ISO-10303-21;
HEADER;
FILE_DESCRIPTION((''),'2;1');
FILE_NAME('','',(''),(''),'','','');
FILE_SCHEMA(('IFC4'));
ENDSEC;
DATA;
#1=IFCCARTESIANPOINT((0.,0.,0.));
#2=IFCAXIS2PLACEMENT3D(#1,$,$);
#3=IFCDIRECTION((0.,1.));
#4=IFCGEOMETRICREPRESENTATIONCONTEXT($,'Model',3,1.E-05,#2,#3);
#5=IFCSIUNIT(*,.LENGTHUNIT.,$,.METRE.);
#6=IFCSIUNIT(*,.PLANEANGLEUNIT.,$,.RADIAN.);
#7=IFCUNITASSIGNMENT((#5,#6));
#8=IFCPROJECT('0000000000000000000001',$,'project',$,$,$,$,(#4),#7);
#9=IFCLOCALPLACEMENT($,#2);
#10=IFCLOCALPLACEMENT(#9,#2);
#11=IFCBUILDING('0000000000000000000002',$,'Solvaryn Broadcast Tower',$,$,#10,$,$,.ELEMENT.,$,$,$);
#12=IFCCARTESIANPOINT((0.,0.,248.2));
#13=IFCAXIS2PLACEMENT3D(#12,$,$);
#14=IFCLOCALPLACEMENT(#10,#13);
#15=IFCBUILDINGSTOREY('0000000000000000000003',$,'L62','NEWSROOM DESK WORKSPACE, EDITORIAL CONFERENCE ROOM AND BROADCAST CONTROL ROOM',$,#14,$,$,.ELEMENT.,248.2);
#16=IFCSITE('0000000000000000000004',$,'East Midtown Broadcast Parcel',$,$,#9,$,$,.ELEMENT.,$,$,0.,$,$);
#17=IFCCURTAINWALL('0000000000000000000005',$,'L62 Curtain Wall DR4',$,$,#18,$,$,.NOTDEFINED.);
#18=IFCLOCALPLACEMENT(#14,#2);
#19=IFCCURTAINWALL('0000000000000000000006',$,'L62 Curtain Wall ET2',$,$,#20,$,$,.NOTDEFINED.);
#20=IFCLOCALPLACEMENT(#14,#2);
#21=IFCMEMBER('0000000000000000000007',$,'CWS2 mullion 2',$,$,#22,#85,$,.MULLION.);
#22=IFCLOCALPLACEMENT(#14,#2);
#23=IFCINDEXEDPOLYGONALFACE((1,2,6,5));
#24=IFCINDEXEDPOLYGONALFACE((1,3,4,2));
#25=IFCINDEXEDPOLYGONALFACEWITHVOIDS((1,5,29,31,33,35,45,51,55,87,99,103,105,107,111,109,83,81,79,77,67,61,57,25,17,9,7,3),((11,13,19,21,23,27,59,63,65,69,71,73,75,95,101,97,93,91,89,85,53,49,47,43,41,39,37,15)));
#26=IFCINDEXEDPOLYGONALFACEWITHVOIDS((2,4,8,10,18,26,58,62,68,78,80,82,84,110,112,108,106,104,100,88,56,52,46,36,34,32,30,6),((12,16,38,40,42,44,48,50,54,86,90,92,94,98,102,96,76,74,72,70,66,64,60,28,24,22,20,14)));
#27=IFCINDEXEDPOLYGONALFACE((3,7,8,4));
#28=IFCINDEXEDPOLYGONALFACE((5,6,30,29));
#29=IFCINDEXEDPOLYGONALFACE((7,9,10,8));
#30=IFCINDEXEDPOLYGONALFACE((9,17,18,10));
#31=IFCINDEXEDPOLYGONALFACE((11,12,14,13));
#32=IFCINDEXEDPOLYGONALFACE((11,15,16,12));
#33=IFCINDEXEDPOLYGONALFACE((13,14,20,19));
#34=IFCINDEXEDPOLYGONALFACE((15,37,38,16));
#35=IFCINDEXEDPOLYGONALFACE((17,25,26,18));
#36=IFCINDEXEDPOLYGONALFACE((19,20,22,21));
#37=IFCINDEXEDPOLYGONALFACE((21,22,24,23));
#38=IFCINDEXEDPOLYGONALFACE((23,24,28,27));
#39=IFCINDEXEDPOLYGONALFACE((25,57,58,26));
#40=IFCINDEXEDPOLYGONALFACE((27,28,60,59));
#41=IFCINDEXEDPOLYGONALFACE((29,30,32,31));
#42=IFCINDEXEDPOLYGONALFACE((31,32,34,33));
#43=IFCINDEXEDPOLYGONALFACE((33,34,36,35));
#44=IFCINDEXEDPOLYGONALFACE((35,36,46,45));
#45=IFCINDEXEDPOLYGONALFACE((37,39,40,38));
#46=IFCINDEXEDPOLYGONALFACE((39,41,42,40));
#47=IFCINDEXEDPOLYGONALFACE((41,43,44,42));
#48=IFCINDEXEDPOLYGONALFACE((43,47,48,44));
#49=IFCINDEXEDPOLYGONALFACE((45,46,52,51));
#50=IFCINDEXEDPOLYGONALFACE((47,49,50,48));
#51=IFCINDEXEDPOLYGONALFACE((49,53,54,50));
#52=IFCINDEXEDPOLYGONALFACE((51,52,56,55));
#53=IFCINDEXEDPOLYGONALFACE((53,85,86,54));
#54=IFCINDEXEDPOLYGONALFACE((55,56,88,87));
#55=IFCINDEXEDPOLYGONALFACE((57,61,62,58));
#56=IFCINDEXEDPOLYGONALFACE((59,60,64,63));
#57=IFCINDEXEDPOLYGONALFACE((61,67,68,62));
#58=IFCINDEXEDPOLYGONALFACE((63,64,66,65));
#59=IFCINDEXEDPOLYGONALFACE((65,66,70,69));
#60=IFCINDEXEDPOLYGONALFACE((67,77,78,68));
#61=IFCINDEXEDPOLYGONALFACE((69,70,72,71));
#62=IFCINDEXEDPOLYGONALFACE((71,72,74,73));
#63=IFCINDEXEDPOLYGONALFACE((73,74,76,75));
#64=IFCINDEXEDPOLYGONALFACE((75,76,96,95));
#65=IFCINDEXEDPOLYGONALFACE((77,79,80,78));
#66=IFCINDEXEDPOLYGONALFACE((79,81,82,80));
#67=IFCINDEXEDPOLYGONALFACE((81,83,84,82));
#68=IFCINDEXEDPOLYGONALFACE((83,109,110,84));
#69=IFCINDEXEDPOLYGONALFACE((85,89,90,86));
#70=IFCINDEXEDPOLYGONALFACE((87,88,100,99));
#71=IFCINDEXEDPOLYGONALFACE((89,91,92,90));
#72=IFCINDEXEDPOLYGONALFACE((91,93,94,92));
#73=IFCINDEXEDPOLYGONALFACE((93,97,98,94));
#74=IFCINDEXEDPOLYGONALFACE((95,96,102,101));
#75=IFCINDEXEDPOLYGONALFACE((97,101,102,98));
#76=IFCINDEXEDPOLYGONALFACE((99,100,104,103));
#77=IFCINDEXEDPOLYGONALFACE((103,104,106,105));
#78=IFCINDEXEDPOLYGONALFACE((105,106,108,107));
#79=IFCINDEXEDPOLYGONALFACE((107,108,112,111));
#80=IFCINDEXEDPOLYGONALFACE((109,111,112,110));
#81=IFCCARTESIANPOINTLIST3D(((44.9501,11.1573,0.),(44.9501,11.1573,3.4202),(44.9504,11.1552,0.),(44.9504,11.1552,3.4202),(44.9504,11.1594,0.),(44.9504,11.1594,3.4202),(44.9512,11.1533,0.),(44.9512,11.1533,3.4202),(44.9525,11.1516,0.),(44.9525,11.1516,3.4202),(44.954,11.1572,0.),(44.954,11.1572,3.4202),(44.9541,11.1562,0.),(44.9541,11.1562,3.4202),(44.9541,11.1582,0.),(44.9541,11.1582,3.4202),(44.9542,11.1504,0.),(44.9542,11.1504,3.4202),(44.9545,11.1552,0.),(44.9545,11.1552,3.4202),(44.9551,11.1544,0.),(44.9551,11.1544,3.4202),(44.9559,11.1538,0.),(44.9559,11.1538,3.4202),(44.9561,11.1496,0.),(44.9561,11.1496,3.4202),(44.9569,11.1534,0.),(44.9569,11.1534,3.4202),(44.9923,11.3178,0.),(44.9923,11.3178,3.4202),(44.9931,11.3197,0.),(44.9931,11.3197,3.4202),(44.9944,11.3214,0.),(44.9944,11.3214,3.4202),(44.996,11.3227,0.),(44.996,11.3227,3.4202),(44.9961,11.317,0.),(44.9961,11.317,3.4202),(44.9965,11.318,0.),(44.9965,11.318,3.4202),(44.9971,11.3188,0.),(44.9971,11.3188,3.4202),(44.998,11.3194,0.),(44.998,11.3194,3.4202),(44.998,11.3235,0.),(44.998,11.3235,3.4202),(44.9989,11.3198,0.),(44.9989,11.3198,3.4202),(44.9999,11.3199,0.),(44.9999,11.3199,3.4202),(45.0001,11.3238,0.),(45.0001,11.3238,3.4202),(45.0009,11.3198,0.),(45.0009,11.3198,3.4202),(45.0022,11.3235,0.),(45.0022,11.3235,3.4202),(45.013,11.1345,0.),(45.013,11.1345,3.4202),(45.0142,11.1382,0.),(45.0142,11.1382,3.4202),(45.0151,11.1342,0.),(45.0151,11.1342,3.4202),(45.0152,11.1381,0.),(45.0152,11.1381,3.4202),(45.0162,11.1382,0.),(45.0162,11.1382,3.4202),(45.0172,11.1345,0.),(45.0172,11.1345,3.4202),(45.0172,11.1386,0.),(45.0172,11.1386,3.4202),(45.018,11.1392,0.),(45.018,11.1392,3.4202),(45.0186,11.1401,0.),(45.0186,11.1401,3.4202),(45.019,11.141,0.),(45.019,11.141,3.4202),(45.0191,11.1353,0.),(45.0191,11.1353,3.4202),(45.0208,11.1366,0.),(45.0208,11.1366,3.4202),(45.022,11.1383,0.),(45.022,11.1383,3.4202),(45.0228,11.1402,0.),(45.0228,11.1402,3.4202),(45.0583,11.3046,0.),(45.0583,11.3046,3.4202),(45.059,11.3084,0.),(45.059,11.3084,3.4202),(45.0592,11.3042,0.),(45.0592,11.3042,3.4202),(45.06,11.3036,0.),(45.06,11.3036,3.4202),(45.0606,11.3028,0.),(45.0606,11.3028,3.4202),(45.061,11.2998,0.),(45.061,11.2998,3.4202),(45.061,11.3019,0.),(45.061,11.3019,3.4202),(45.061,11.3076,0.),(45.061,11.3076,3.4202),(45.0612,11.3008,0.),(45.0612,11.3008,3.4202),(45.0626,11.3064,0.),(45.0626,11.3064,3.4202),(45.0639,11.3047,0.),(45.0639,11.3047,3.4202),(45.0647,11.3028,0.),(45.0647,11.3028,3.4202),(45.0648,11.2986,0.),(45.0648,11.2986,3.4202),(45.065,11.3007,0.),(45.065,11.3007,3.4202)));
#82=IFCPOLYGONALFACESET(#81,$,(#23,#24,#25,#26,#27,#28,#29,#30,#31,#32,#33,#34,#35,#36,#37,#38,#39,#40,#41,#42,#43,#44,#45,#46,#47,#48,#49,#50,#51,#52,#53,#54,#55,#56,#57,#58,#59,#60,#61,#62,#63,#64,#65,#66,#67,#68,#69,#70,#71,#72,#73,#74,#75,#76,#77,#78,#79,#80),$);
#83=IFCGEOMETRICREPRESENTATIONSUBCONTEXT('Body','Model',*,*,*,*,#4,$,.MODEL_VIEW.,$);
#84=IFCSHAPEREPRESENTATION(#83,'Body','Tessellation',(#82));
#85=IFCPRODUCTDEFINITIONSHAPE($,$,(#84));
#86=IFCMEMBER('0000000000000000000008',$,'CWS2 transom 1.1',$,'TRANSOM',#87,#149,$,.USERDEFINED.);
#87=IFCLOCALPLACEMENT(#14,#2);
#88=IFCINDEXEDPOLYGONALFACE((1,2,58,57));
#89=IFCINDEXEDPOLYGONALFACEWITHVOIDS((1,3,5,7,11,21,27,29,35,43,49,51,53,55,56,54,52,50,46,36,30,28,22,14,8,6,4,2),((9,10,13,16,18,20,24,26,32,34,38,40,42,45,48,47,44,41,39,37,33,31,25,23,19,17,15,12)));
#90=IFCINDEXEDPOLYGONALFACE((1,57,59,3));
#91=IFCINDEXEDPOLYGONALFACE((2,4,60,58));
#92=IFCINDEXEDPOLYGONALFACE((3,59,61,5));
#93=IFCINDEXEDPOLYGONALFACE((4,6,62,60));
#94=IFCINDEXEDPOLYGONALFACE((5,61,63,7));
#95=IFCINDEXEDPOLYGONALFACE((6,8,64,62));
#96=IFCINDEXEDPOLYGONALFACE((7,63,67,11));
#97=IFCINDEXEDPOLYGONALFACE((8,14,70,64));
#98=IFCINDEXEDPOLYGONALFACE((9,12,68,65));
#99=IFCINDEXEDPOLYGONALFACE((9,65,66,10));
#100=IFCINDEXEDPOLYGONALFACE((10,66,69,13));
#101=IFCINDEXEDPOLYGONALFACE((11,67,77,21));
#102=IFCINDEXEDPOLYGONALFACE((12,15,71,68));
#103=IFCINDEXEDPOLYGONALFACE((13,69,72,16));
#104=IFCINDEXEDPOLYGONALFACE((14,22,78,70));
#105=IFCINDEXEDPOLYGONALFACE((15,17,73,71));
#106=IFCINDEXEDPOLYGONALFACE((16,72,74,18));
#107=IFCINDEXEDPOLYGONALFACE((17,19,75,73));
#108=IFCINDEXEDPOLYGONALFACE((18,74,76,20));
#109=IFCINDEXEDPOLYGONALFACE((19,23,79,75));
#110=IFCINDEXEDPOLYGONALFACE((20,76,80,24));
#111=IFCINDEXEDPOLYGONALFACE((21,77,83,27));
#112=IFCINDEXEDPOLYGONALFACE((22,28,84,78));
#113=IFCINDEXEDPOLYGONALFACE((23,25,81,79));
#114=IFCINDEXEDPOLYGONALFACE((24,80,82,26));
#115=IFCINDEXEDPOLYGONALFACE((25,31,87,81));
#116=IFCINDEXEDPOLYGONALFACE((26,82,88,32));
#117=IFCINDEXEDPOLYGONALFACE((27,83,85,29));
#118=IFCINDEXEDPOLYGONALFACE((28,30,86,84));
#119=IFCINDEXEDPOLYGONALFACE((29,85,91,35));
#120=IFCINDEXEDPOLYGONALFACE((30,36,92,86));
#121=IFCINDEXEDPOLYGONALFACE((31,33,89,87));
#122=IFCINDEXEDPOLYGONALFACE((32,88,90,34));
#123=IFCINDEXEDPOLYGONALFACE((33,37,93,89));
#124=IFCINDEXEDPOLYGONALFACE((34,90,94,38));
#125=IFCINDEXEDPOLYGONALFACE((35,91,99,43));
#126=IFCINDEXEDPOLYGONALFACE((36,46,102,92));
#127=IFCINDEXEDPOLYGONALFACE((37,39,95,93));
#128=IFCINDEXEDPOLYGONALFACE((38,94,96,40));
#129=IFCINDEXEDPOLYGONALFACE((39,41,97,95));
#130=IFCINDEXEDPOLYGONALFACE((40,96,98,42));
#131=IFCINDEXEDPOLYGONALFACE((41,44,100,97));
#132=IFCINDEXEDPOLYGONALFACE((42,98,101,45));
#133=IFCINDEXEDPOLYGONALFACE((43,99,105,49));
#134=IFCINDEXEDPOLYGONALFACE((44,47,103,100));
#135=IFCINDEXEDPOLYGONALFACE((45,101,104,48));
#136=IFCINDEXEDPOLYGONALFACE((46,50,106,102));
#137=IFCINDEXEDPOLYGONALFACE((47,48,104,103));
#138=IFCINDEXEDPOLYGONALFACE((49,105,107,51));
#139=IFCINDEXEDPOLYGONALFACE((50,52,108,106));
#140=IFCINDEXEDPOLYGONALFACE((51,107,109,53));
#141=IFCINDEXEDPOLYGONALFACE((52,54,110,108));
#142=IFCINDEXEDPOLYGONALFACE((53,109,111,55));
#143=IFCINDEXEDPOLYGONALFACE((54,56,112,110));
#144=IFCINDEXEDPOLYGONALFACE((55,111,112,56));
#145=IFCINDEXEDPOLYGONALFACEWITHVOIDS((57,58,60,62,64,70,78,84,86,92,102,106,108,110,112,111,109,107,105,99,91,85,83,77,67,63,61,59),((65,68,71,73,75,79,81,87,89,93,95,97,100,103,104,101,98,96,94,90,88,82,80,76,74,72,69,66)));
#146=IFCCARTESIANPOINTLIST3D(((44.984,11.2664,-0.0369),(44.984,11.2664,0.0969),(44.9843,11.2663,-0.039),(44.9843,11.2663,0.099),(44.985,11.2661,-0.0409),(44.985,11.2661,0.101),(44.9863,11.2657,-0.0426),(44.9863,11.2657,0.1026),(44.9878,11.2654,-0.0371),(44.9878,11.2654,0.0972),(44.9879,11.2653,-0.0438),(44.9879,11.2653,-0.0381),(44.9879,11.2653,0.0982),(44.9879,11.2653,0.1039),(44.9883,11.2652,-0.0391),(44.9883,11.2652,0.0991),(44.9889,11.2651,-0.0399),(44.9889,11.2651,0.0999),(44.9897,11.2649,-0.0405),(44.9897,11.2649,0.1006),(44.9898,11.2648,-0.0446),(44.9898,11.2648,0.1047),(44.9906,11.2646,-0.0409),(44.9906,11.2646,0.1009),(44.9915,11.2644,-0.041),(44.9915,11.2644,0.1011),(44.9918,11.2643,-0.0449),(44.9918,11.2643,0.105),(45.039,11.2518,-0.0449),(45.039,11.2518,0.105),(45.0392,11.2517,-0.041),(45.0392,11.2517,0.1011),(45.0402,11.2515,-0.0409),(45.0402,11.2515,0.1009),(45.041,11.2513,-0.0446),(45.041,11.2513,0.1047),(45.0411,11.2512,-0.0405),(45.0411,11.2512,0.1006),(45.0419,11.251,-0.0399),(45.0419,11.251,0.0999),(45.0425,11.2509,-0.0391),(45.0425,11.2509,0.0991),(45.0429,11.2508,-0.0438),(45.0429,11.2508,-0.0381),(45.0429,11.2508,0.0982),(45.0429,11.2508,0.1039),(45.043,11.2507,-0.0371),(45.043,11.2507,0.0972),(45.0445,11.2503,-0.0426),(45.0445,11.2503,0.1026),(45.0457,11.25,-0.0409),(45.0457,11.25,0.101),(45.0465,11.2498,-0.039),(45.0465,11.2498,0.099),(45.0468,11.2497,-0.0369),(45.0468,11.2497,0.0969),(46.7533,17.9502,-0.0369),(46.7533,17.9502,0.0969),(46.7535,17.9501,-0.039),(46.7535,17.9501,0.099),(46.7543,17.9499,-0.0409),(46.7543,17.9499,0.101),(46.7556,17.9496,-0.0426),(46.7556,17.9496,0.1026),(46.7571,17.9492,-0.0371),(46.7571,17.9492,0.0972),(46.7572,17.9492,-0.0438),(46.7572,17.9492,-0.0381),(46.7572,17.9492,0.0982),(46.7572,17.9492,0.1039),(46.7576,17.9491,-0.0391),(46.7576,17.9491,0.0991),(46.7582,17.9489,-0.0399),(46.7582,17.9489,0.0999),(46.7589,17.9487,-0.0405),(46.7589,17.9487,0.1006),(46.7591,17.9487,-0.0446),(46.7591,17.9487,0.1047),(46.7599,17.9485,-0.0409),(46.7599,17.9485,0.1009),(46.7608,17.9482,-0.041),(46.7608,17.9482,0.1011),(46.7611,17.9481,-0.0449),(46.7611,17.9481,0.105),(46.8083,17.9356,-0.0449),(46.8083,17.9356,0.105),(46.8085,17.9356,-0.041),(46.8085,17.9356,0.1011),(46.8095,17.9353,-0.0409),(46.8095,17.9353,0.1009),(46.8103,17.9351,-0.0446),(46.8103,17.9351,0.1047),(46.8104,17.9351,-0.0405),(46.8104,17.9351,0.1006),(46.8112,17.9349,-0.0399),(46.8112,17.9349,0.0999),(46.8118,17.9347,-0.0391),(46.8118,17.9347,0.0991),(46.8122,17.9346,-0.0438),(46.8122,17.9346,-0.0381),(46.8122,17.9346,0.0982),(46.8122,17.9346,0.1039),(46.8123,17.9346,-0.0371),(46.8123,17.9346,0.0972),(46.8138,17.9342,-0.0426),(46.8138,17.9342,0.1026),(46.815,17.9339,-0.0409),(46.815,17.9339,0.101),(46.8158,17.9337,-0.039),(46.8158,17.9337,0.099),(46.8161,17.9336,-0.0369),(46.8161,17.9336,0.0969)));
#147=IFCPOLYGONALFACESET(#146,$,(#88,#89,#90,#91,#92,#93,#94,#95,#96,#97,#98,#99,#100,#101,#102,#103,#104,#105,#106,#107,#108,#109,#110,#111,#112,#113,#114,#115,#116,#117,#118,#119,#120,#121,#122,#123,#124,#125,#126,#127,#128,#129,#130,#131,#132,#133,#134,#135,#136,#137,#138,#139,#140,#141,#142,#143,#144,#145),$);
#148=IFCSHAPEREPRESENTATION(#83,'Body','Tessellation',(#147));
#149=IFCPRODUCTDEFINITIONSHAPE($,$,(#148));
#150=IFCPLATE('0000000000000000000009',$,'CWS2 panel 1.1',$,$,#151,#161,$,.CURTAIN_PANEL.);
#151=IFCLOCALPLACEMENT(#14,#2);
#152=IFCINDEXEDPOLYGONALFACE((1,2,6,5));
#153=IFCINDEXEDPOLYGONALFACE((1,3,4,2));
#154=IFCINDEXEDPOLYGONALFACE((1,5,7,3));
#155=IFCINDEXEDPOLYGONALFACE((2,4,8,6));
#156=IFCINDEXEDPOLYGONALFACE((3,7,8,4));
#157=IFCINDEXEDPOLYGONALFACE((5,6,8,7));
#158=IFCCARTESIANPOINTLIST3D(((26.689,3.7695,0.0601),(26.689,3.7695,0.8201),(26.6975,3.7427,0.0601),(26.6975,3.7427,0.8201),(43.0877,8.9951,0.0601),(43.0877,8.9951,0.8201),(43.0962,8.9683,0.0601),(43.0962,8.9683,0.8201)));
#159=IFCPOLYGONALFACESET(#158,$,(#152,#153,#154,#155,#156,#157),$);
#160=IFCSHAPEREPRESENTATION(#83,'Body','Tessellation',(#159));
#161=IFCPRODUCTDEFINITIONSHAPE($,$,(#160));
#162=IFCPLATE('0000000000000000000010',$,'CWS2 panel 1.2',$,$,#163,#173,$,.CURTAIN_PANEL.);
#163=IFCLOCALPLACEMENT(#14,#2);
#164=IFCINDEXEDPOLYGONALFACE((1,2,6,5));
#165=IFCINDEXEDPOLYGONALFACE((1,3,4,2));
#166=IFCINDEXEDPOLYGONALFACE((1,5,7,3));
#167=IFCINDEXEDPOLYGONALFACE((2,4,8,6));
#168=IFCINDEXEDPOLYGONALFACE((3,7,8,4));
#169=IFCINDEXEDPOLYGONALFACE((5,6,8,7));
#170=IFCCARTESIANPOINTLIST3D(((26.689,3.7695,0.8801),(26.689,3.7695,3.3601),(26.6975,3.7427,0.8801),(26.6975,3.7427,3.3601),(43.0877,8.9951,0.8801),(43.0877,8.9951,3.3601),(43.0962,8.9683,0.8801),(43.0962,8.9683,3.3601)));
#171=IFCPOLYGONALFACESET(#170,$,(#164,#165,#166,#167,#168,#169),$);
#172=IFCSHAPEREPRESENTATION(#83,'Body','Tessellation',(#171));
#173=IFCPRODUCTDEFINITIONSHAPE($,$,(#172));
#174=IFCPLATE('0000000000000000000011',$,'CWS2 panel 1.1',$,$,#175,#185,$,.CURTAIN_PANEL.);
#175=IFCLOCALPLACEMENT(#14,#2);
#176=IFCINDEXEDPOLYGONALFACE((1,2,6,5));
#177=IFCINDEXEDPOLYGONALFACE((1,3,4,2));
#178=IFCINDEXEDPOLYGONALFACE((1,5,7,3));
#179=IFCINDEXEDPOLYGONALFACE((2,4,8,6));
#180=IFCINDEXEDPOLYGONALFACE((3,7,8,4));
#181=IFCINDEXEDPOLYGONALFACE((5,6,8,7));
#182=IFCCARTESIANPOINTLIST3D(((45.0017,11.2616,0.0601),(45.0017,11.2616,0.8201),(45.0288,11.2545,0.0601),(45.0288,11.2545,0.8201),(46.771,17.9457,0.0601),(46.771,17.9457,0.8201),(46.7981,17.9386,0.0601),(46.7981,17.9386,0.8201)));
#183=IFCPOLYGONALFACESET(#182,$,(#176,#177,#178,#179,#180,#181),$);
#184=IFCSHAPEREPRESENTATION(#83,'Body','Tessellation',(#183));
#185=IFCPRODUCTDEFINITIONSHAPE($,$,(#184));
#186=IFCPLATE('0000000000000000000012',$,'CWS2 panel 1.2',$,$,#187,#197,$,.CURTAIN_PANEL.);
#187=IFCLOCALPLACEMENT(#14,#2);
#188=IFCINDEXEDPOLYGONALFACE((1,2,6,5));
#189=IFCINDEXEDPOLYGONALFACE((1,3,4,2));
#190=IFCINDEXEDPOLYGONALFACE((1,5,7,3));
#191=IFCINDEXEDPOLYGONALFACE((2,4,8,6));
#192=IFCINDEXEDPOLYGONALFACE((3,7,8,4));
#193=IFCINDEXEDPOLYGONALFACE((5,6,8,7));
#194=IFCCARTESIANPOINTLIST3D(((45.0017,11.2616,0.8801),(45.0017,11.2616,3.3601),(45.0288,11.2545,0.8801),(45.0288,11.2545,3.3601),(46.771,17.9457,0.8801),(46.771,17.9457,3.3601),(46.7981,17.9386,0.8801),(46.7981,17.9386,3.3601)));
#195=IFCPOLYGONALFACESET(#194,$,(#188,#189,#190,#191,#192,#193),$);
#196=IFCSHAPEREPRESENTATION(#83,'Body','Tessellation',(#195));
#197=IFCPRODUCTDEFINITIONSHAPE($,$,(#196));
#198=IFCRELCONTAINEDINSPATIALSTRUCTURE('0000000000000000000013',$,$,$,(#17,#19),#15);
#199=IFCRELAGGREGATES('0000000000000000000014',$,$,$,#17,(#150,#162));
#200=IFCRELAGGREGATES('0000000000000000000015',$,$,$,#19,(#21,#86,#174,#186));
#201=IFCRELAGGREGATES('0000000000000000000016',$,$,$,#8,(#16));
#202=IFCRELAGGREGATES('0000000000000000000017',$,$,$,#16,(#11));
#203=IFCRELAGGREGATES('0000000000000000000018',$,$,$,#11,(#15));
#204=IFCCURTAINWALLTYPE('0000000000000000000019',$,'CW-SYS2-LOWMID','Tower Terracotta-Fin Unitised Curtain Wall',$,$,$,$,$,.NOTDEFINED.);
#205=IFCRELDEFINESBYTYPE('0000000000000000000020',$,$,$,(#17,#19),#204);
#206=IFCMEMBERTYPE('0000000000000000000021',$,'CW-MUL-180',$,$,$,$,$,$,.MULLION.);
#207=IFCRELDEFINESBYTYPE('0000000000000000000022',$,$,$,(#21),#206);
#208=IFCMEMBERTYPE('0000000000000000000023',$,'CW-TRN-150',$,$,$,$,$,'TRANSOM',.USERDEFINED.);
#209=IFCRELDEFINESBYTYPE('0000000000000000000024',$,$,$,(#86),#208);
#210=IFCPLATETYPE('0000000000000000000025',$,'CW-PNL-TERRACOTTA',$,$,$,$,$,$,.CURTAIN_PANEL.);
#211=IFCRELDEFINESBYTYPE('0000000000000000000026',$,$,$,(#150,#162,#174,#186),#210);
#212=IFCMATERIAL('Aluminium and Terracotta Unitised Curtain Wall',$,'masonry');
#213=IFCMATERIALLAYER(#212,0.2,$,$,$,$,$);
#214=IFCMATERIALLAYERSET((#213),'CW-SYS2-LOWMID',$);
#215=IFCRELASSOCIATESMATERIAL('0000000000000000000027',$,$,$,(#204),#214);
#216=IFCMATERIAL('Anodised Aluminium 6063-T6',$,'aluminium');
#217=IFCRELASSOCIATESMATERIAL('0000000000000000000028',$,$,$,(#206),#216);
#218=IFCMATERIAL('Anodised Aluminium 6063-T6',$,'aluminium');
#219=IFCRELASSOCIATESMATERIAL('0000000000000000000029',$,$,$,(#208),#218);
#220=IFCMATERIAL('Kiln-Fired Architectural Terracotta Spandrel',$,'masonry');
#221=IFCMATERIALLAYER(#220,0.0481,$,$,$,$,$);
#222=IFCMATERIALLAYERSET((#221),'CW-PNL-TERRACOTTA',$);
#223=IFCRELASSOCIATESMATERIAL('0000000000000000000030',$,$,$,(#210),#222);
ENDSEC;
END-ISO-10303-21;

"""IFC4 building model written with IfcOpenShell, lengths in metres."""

from ifc_helpers import new_model, si_unit, direction, frame, origin, origin_2d, place, context, subcontext, project, spatial, rectangle, hollow_rectangle, extrude, material, layer, layer_set, material_profile, profile_set, type_object, element, aggregate, save


model = new_model("IFC4")

# Units and contexts
model_context = context("Model", 3, precision=1e-05, world=origin(), true_north=direction((0.0, 1.0)))
body_context = subcontext(model_context, "Body", "Model", "MODEL_VIEW")
ifc_project = project(units=[si_unit("LENGTHUNIT", "METRE"), si_unit("PLANEANGLEUNIT", "RADIAN")], contexts=[model_context])

# Site, building, storey
site_placement = place(None, origin())
site = spatial("IfcSite", under=ifc_project, at=site_placement, Name="East Midtown Broadcast Parcel", CompositionType="ELEMENT", RefElevation=0.0)
building_placement = place(site_placement, origin())
building = spatial("IfcBuilding", under=site, at=building_placement, Name="Solvaryn Broadcast Tower", CompositionType="ELEMENT")
storey_placement = place(building_placement, frame((0.0, 0.0, 248.2)))
storey = spatial("IfcBuildingStorey", under=building, at=storey_placement, Name="L62", Description="NEWSROOM DESK WORKSPACE, EDITORIAL CONFERENCE ROOM AND BROADCAST CONTROL ROOM", CompositionType="ELEMENT", Elevation=248.2)

# Curtain wall
ifc_material_1 = material(Name="Aluminium and Terracotta Unitised Curtain Wall", Category="masonry")
ifc_layer_1 = layer(ifc_material_1, 0.2)
ifc_layer_set_1 = layer_set([ifc_layer_1], Name="CW-SYS2-LOWMID")
curtain_wall_type = type_object("IfcCurtainWallType", Name="CW-SYS2-LOWMID", Description="Tower Terracotta-Fin Unitised Curtain Wall", PredefinedType="NOTDEFINED", material=ifc_layer_set_1)
curtain_wall_1_placement = place(storey_placement, origin())
curtain_wall_1 = element("IfcCurtainWall", 1, at=curtain_wall_1_placement, inside=storey, type_object=curtain_wall_type, Name="L62 Curtain Wall DR4", PredefinedType="NOTDEFINED")
ifc_material_2 = material(Name="Anodised Aluminium 6063-T6", Category="aluminium")
ifc_material_profile_1 = material_profile(ifc_material_2, hollow_rectangle(XDim=0.075, YDim=0.1799, WallThickness=0.0039, InnerFilletRadius=0.0039, OuterFilletRadius=0.0081, at=origin_2d()))
ifc_profile_set_1 = profile_set([ifc_material_profile_1], Name="Anodised Aluminium 6063-T6")
member_type_1 = type_object("IfcMemberType", Name="CW-MUL-180", PredefinedType="MULLION", material=ifc_profile_set_1)

# Curtain wall, members
curtain_wall_2_placement = place(storey_placement, origin())
curtain_wall_2 = element("IfcCurtainWall", 2, at=curtain_wall_2_placement, inside=storey, type_object=curtain_wall_type, Name="L62 Curtain Wall ET2", PredefinedType="NOTDEFINED")
member_1_placement = place(storey_placement, frame((45.0076, 11.229, 0.0), z_axis=(0.0, 0.0, 1.0), x_axis=(0.966705, -0.255893, 0.0)))
member_1 = element("IfcMember", 3, at=member_1_placement, type_object=member_type_1, Name="CWS2 mullion 2", PredefinedType="MULLION", context=body_context, shape_type="SweptSolid", body=[
    extrude(hollow_rectangle(XDim=0.075, YDim=0.1799, WallThickness=0.0039, InnerFilletRadius=0.0039, OuterFilletRadius=0.0081, at=origin_2d()), origin(), (0.0, 0.0, 1.0), 3.4202),
])
ifc_material_3 = material(Name="Anodised Aluminium 6063-T6", Category="aluminium")
ifc_material_profile_2 = material_profile(ifc_material_3, hollow_rectangle(XDim=0.0649, YDim=0.1499, WallThickness=0.0039, InnerFilletRadius=0.0039, OuterFilletRadius=0.0081, at=origin_2d()))
ifc_profile_set_2 = profile_set([ifc_material_profile_2], Name="Anodised Aluminium 6063-T6")
member_type_2 = type_object("IfcMemberType", Name="CW-TRN-150", ElementType="TRANSOM", PredefinedType="USERDEFINED", material=ifc_profile_set_2)
member_2_placement = place(storey_placement, frame((46.7847, 17.9419, 0.03), z_axis=(-0.255897, -0.966704, 0.0), x_axis=(0.966704, -0.255897, 0.0)))
member_2 = element("IfcMember", 4, at=member_2_placement, type_object=member_type_2, Name="CWS2 transom 1.1", ObjectType="TRANSOM", PredefinedType="USERDEFINED", context=body_context, shape_type="SweptSolid", body=[
    extrude(hollow_rectangle(XDim=0.0649, YDim=0.1499, WallThickness=0.0039, InnerFilletRadius=0.0039, OuterFilletRadius=0.0081, at=origin_2d()), origin(), (0.0, 0.0, 1.0), 6.9141),
])

# Plates
ifc_material_4 = material(Name="Kiln-Fired Architectural Terracotta Spandrel", Category="masonry")
ifc_layer_2 = layer(ifc_material_4, 0.0481)
ifc_layer_set_2 = layer_set([ifc_layer_2], Name="CW-PNL-TERRACOTTA")
plate_type = type_object("IfcPlateType", Name="CW-PNL-TERRACOTTA", PredefinedType="CURTAIN_PANEL", material=ifc_layer_set_2)
plate_1_placement = place(storey_placement, frame((34.8926, 6.3689, 0.0601), z_axis=(0.0, 0.0, 1.0), x_axis=(0.952795, 0.303616, 0.0)))
plate_1 = element("IfcPlate", 5, at=plate_1_placement, type_object=plate_type, Name="CWS2 panel 1.1", PredefinedType="CURTAIN_PANEL", context=body_context, shape_type="SweptSolid", body=[
    extrude(rectangle(XDim=17.2112, YDim=0.0281, at=origin_2d()), origin(), (0.0, 0.0, 1.0), 0.76),
])
plate_2_placement = place(storey_placement, frame((34.8926, 6.3689, 0.8801), z_axis=(0.0, 0.0, 1.0), x_axis=(0.952795, 0.303616, 0.0)))
plate_2 = element("IfcPlate", 6, at=plate_2_placement, type_object=plate_type, Name="CWS2 panel 1.2", PredefinedType="CURTAIN_PANEL", context=body_context, shape_type="SweptSolid", body=[
    extrude(rectangle(XDim=17.2112, YDim=0.0281, at=origin_2d()), origin(), (0.0, 0.0, 1.0), 2.48),
])
aggregate(curtain_wall_1, [plate_1, plate_2])
plate_3_placement = place(storey_placement, frame((45.8999, 14.6001, 0.0601), z_axis=(0.0, 0.0, 1.0), x_axis=(-0.255893, -0.966705, 0.0)))
plate_3 = element("IfcPlate", 7, at=plate_3_placement, type_object=plate_type, Name="CWS2 panel 1.1", PredefinedType="CURTAIN_PANEL", context=body_context, shape_type="SweptSolid", body=[
    extrude(rectangle(XDim=6.9143, YDim=0.0281, at=origin_2d()), origin(), (0.0, 0.0, 1.0), 0.76),
])
plate_4_placement = place(storey_placement, frame((45.8999, 14.6001, 0.8801), z_axis=(0.0, 0.0, 1.0), x_axis=(-0.255893, -0.966705, 0.0)))
plate_4 = element("IfcPlate", 8, at=plate_4_placement, type_object=plate_type, Name="CWS2 panel 1.2", PredefinedType="CURTAIN_PANEL", context=body_context, shape_type="SweptSolid", body=[
    extrude(rectangle(XDim=6.9143, YDim=0.0281, at=origin_2d()), origin(), (0.0, 0.0, 1.0), 2.48),
])
aggregate(curtain_wall_2, [member_1, member_2, plate_3, plate_4])

save(model, "model.ifc")
